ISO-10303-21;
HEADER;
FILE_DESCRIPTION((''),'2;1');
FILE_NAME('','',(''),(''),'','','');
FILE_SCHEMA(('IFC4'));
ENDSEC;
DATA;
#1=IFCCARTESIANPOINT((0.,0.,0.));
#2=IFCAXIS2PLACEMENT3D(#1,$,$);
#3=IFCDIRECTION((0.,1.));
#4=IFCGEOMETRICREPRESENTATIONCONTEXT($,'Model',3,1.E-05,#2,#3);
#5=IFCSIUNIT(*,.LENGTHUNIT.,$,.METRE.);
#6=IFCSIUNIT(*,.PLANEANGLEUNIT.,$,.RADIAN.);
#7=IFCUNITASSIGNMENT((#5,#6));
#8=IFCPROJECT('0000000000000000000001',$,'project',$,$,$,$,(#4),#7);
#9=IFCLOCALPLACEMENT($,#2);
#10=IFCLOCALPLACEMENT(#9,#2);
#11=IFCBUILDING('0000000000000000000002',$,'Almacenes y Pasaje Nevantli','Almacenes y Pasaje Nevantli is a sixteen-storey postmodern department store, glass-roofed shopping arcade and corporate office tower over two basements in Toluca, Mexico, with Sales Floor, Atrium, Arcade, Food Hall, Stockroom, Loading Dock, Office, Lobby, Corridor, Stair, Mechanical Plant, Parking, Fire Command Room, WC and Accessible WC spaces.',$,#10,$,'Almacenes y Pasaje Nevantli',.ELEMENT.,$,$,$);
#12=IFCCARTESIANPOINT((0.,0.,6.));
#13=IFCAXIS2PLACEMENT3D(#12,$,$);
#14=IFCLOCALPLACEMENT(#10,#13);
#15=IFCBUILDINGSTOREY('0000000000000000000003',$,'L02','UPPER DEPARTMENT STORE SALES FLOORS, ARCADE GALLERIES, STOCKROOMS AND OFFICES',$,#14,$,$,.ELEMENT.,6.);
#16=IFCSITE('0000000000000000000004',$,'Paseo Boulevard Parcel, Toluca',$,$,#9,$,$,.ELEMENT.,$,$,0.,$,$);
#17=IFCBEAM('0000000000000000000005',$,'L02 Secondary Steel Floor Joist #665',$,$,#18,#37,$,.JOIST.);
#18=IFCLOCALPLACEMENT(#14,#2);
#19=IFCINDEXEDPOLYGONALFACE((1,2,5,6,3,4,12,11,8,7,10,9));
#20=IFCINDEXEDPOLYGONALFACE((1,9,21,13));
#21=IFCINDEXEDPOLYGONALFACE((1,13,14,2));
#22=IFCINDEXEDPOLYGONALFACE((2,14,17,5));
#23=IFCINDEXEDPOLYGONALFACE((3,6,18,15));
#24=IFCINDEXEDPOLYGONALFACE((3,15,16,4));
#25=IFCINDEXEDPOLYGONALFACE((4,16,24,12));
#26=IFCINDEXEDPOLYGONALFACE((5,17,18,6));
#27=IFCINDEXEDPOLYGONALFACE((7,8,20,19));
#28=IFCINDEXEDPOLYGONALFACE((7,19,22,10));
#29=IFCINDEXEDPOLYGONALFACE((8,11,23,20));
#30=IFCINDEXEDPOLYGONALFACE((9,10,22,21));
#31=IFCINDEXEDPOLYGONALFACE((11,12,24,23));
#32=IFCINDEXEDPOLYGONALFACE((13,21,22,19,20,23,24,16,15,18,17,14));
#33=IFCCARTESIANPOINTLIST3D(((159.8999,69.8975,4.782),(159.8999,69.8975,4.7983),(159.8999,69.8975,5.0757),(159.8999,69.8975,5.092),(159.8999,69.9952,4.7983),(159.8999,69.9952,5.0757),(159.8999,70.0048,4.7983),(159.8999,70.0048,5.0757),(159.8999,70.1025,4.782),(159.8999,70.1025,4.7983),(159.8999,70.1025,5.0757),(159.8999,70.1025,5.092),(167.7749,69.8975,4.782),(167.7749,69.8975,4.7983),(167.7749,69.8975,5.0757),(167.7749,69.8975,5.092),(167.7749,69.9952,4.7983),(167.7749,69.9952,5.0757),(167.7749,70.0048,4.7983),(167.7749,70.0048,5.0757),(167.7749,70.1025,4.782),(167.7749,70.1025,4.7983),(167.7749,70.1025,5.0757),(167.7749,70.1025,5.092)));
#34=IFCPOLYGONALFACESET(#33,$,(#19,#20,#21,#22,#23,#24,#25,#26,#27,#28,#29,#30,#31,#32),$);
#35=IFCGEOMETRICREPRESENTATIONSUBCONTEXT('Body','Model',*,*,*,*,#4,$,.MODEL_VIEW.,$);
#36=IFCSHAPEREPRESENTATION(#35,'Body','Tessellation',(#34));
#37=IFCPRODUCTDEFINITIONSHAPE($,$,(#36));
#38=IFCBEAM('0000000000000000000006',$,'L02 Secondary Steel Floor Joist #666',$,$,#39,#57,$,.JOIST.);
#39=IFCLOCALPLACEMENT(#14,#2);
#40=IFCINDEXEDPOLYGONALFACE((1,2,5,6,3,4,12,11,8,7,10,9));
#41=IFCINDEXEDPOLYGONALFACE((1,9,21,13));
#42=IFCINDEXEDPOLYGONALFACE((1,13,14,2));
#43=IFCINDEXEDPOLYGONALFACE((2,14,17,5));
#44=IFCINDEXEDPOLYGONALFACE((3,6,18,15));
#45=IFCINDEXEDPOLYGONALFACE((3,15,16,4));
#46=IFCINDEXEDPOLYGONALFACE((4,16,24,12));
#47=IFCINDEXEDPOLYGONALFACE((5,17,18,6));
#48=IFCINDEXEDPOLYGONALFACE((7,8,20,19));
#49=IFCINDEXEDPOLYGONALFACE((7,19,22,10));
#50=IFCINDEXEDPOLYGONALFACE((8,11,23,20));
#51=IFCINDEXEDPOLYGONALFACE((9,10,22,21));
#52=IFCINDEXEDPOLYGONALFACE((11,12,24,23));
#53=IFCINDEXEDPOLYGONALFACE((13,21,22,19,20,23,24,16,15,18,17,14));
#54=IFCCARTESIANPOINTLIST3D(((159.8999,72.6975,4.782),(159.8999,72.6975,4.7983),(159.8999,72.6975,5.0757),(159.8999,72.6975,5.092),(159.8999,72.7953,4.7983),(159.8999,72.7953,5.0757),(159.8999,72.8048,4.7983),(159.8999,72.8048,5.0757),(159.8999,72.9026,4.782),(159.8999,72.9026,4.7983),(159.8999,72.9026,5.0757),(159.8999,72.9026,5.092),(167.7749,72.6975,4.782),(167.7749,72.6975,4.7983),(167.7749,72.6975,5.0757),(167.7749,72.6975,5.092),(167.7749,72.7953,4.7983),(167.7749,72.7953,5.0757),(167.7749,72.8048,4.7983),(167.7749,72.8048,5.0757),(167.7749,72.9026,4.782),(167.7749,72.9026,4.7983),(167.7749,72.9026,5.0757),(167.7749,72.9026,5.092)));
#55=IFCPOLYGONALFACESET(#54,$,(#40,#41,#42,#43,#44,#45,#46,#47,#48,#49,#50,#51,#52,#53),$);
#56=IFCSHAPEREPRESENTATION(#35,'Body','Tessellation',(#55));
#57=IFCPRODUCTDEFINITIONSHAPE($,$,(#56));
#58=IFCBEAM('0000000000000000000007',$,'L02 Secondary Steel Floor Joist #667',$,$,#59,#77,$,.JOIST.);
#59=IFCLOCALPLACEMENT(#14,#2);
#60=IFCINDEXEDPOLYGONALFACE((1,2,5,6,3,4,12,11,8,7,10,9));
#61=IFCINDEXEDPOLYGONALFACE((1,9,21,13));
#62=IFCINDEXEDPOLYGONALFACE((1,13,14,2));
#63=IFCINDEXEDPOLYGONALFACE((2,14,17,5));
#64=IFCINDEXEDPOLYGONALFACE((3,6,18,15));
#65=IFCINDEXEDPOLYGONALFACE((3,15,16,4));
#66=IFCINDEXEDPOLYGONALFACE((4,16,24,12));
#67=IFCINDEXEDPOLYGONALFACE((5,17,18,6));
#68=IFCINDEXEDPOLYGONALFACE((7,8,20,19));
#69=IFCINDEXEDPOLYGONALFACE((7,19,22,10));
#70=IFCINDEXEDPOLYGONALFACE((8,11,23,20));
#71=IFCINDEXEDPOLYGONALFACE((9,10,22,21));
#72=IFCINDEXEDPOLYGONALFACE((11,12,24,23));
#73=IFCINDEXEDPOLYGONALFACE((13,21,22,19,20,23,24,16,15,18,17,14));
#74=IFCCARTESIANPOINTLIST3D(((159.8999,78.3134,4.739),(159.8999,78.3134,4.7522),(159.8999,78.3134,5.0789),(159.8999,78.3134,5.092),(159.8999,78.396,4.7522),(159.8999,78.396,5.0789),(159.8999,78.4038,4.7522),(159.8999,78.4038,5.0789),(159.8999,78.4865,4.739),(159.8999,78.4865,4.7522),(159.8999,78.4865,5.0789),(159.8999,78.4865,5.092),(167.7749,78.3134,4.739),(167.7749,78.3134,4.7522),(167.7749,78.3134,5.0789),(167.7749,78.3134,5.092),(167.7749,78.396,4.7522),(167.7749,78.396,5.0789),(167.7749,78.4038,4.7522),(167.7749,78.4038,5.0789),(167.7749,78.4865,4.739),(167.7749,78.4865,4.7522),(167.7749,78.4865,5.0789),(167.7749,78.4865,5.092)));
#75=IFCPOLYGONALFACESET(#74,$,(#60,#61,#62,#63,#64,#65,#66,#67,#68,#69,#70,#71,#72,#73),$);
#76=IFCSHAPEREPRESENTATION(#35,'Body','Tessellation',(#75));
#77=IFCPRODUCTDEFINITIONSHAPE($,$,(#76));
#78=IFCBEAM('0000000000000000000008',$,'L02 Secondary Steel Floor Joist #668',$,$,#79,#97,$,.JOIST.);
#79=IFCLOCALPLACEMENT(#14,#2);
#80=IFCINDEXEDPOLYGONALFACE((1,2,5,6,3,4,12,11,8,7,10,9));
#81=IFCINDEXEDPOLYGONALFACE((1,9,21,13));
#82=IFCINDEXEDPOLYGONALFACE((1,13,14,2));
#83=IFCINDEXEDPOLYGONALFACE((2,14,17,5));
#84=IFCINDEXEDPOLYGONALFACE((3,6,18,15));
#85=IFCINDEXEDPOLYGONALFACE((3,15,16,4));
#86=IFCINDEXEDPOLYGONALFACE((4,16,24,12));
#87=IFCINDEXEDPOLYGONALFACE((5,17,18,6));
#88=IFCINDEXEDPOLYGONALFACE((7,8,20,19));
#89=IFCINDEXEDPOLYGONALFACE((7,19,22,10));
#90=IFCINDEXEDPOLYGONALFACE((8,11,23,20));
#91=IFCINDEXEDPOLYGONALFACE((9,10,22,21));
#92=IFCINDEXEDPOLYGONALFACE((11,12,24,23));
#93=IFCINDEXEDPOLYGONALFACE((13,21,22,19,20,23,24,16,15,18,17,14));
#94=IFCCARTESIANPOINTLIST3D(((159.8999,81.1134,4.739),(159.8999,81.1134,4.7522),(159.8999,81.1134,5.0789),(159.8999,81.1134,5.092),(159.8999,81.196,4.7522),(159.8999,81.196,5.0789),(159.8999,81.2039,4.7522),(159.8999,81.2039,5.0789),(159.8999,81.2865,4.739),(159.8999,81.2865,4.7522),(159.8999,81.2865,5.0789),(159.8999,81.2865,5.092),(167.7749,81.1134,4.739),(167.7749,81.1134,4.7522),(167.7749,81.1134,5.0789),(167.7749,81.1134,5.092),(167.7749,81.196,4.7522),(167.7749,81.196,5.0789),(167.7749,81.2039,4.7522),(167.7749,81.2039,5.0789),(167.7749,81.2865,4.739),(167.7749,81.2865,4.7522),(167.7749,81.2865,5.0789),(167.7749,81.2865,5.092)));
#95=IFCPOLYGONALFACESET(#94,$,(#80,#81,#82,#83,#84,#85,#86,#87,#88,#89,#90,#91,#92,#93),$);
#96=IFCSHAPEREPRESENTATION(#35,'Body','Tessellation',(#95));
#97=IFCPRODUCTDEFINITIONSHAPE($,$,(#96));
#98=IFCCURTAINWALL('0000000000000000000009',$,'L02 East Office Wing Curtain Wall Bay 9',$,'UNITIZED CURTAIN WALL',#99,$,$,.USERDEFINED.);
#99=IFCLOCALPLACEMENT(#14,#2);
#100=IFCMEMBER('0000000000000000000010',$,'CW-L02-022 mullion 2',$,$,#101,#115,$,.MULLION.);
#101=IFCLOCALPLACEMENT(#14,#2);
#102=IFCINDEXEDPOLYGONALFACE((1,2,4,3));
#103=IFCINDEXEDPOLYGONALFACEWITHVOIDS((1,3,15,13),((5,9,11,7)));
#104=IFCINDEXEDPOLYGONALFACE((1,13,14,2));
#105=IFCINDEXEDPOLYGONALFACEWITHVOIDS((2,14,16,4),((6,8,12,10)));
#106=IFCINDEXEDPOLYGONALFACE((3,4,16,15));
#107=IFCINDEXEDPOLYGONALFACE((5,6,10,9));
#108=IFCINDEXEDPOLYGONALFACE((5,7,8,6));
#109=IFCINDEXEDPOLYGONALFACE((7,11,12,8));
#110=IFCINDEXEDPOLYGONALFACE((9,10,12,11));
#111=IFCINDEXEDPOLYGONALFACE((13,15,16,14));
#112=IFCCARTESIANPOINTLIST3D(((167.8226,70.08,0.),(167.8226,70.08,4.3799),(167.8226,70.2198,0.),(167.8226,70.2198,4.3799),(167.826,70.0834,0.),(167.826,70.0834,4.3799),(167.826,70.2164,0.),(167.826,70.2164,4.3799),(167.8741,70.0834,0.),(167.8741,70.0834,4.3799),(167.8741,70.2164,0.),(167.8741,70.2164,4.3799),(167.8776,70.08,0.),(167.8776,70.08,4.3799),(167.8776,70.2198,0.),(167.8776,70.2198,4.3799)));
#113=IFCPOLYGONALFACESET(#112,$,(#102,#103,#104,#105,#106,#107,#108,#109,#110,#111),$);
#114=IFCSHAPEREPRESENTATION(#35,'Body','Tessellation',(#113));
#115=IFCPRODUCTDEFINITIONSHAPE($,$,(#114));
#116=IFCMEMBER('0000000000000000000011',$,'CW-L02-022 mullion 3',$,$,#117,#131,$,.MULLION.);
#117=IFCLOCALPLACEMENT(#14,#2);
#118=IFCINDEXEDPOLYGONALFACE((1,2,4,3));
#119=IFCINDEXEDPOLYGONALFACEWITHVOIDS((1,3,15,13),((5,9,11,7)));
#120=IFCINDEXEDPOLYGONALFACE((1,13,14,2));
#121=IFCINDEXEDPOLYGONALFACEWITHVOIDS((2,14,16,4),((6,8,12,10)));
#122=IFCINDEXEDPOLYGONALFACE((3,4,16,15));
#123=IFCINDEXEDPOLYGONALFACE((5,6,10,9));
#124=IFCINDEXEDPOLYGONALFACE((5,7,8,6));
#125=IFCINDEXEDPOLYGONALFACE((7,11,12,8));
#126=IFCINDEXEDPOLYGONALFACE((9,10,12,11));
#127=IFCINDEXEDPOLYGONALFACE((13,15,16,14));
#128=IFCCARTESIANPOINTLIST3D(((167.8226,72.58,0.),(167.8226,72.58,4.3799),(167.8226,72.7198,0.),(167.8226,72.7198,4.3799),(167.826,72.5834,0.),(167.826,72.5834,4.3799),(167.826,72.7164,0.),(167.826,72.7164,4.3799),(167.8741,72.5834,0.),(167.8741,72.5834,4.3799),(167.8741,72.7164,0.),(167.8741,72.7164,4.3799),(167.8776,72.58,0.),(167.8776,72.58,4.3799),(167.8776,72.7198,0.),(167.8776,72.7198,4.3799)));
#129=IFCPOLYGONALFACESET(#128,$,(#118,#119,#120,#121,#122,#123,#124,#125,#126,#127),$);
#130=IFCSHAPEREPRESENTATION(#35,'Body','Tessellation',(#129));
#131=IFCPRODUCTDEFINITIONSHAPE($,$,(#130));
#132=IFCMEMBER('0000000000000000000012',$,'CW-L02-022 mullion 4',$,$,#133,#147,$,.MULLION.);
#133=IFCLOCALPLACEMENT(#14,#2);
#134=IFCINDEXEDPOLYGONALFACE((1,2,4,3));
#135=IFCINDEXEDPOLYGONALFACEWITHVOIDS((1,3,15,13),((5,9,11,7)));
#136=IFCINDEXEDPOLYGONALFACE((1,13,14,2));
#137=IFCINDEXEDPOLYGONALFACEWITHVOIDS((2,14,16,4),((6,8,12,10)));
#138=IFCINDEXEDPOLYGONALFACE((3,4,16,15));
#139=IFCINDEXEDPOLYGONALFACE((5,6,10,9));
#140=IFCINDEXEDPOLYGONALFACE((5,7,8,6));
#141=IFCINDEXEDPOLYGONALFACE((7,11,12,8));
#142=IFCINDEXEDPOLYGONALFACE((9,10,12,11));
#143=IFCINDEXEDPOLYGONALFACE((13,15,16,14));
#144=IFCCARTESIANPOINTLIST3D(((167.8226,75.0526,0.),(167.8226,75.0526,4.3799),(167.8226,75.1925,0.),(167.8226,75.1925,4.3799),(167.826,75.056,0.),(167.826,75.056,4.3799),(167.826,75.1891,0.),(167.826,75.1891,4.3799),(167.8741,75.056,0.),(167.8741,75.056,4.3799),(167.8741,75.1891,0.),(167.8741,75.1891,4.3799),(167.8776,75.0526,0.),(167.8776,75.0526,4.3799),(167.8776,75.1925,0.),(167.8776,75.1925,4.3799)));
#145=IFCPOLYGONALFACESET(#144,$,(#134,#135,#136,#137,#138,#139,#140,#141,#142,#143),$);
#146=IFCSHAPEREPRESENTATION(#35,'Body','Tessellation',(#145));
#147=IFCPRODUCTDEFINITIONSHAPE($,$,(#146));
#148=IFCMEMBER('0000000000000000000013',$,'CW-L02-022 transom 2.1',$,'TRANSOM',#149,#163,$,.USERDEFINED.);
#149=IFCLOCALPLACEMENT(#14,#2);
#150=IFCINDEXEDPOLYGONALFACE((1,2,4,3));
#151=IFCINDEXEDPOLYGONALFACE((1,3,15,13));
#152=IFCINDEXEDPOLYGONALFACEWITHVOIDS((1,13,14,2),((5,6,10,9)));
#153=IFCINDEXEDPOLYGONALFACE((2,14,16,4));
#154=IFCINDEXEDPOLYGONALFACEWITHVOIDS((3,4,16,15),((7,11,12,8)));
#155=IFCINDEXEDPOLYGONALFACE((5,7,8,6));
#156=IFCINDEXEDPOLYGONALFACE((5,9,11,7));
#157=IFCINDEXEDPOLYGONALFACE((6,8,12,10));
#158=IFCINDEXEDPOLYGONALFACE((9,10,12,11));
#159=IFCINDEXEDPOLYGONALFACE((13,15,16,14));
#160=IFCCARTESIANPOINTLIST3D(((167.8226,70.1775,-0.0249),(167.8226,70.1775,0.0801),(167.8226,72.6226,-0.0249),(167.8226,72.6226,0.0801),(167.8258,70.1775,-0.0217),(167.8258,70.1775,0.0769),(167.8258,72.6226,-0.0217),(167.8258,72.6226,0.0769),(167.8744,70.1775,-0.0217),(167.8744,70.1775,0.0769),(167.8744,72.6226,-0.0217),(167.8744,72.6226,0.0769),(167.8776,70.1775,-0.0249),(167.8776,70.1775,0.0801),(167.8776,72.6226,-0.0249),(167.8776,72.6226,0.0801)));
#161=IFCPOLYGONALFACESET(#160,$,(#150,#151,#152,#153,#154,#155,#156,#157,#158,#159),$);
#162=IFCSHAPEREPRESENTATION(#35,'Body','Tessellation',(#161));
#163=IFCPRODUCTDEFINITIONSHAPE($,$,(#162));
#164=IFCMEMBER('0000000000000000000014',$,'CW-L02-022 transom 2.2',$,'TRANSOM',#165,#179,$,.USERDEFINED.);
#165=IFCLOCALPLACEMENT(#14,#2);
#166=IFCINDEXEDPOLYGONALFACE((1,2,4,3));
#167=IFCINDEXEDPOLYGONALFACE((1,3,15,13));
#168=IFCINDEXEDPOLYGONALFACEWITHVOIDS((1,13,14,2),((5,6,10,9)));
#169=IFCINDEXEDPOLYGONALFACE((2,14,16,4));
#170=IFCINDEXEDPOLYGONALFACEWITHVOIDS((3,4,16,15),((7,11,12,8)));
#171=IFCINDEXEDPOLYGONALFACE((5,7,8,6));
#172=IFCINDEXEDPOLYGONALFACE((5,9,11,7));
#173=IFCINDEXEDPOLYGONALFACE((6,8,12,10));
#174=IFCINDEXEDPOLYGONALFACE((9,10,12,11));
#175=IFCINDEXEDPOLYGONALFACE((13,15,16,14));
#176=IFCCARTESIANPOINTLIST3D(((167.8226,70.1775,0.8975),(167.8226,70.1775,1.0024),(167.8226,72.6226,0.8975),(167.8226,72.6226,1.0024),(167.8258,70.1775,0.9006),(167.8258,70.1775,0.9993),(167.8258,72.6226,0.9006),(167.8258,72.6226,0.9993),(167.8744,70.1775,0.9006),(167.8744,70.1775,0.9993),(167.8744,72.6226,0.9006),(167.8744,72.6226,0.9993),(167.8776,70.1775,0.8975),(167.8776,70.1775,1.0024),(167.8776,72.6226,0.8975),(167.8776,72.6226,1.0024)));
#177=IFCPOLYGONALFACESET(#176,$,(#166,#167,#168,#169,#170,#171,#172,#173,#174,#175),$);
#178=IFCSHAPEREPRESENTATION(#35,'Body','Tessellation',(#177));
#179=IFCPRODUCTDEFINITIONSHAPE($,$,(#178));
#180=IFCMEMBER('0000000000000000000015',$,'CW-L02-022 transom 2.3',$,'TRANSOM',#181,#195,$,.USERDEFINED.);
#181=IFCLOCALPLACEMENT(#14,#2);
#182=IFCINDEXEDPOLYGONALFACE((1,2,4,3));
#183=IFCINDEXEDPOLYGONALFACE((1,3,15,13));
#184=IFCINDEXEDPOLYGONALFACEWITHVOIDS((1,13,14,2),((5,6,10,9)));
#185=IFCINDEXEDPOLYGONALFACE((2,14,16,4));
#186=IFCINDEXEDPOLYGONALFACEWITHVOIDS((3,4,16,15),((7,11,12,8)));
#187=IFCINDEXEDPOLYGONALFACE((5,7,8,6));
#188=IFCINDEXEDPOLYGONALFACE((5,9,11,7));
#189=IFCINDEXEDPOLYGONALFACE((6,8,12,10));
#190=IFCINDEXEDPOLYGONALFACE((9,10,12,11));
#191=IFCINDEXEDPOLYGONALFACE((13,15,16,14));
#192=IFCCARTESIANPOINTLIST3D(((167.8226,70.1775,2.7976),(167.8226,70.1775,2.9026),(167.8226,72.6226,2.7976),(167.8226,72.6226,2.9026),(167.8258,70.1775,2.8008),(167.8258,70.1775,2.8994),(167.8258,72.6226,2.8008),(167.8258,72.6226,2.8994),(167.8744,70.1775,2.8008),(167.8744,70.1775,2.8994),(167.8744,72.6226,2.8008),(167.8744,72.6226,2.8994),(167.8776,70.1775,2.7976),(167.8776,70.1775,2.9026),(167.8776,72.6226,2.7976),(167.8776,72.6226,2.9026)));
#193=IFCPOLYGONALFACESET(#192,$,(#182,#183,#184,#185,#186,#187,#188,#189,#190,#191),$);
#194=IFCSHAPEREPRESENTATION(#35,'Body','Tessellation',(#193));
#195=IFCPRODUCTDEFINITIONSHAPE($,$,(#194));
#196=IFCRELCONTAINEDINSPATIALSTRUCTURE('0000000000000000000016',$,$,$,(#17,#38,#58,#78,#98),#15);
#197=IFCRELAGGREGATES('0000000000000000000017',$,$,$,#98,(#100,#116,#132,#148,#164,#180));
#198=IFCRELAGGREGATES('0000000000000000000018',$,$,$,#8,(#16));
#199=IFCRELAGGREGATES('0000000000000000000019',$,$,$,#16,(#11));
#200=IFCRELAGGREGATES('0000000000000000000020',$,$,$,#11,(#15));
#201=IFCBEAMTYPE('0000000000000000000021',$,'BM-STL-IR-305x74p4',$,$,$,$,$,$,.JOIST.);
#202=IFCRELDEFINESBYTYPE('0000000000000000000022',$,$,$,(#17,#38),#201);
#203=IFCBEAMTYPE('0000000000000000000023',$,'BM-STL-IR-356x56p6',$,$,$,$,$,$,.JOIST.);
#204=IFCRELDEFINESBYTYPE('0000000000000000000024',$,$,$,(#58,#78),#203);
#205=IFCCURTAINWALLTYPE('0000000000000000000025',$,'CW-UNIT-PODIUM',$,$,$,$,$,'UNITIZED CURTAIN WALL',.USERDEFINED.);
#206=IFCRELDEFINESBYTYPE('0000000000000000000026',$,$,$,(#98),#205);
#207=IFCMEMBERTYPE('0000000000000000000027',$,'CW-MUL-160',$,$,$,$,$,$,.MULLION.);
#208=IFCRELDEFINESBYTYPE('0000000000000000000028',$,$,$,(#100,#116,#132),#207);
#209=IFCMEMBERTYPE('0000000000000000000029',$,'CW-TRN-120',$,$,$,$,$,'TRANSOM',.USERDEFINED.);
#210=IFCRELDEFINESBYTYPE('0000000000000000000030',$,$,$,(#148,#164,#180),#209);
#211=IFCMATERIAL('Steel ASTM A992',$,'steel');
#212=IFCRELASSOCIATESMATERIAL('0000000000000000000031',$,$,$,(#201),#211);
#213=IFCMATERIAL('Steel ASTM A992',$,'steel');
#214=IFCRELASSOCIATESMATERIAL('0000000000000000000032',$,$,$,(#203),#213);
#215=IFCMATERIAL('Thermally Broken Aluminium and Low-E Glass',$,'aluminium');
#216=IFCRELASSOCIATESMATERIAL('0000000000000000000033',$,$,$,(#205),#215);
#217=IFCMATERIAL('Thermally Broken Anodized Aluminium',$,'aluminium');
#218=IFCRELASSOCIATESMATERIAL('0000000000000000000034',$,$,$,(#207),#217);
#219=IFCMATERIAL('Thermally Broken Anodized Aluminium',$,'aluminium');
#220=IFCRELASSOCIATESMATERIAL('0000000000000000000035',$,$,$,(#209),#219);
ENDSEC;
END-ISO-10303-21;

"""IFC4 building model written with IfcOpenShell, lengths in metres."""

from ifc_helpers import new_model, si_unit, direction, frame, origin, origin_2d, place, context, subcontext, project, spatial, hollow_rectangle, i_section, extrude, material, material_profile, profile_set, type_object, element, aggregate, save


model = new_model("IFC4")

# Units and contexts
model_context = context("Model", 3, precision=1e-05, world=origin(), true_north=direction((0.0, 1.0)))
body_context = subcontext(model_context, "Body", "Model", "MODEL_VIEW")
ifc_project = project(units=[si_unit("LENGTHUNIT", "METRE"), si_unit("PLANEANGLEUNIT", "RADIAN")], contexts=[model_context])

# Site, building, storey
site_placement = place(None, origin())
site = spatial("IfcSite", under=ifc_project, at=site_placement, Name="Paseo Boulevard Parcel, Toluca", CompositionType="ELEMENT", RefElevation=0.0)
building_placement = place(site_placement, origin())
building = spatial("IfcBuilding", under=site, at=building_placement, Name="Almacenes y Pasaje Nevantli", Description="Almacenes y Pasaje Nevantli is a sixteen-storey postmodern department store, glass-roofed shopping arcade and corporate office tower over two basements in Toluca, Mexico, with Sales Floor, Atrium, Arcade, Food Hall, Stockroom, Loading Dock, Office, Lobby, Corridor, Stair, Mechanical Plant, Parking, Fire Command Room, WC and Accessible WC spaces.", LongName="Almacenes y Pasaje Nevantli", CompositionType="ELEMENT")
storey_placement = place(building_placement, frame((0.0, 0.0, 6.0)))
storey = spatial("IfcBuildingStorey", under=building, at=storey_placement, Name="L02", Description="UPPER DEPARTMENT STORE SALES FLOORS, ARCADE GALLERIES, STOCKROOMS AND OFFICES", CompositionType="ELEMENT", Elevation=6.0)

# Beams
ifc_material_1 = material(Name="Steel ASTM A992", Category="steel")
ifc_material_profile_1 = material_profile(ifc_material_1, i_section(OverallWidth=0.2051, OverallDepth=0.3101, WebThickness=0.0095, FlangeThickness=0.0164, at=origin_2d()), Name="IR 305x74.4")
ifc_profile_set_1 = profile_set([ifc_material_profile_1], Name="Steel ASTM A992")
beam_type_1 = type_object("IfcBeamType", Name="BM-STL-IR-305x74p4", PredefinedType="JOIST", material=ifc_profile_set_1)
for number, where, z_axis, x_axis, name in (
    (1, (159.8999, 70.0, 4.937), (1.0, 0.0, 0.0), (0.0, 1.0, 0.0), "L02 Secondary Steel Floor Joist #665"),
    (2, (159.8999, 72.8, 4.937), (1.0, 0.0, 0.0), (0.0, 1.0, 0.0), "L02 Secondary Steel Floor Joist #666"),
):
    element("IfcBeam", number, at=place(storey_placement, frame(where, z_axis=z_axis, x_axis=x_axis)), inside=storey, type_object=beam_type_1, Name=name, PredefinedType="JOIST", context=body_context, shape_type="SweptSolid", body=[
        extrude(i_section(OverallWidth=0.2051, OverallDepth=0.3101, WebThickness=0.0095, FlangeThickness=0.0164, at=origin_2d()), origin(), (0.0, 0.0, 1.0), 7.875),
    ])
ifc_material_2 = material(Name="Steel ASTM A992", Category="steel")
ifc_material_profile_2 = material_profile(ifc_material_2, i_section(OverallWidth=0.1731, OverallDepth=0.353, WebThickness=0.0078, FlangeThickness=0.0132, at=origin_2d()), Name="IR 356x56.6")
ifc_profile_set_2 = profile_set([ifc_material_profile_2], Name="Steel ASTM A992")
beam_type_2 = type_object("IfcBeamType", Name="BM-STL-IR-356x56p6", PredefinedType="JOIST", material=ifc_profile_set_2)
for number, where, z_axis, x_axis, name in (
    (3, (159.8999, 78.3999, 4.9155), (1.0, 0.0, 0.0), (0.0, 1.0, 0.0), "L02 Secondary Steel Floor Joist #667"),
    (4, (159.8999, 81.2, 4.9155), (1.0, 0.0, 0.0), (0.0, 1.0, 0.0), "L02 Secondary Steel Floor Joist #668"),
):
    element("IfcBeam", number, at=place(storey_placement, frame(where, z_axis=z_axis, x_axis=x_axis)), inside=storey, type_object=beam_type_2, Name=name, PredefinedType="JOIST", context=body_context, shape_type="SweptSolid", body=[
        extrude(i_section(OverallWidth=0.1731, OverallDepth=0.353, WebThickness=0.0078, FlangeThickness=0.0132, at=origin_2d()), origin(), (0.0, 0.0, 1.0), 7.875),
    ])

# Curtain wall, members
ifc_material_3 = material(Name="Thermally Broken Aluminium and Low-E Glass", Category="aluminium")
curtain_wall_type = type_object("IfcCurtainWallType", Name="CW-UNIT-PODIUM", ElementType="UNITIZED CURTAIN WALL", PredefinedType="USERDEFINED", material=ifc_material_3)
curtain_wall_placement = place(storey_placement, origin())
curtain_wall = element("IfcCurtainWall", 5, at=curtain_wall_placement, inside=storey, type_object=curtain_wall_type, Name="L02 East Office Wing Curtain Wall Bay 9", ObjectType="UNITIZED CURTAIN WALL", PredefinedType="USERDEFINED")
ifc_material_4 = material(Name="Thermally Broken Anodized Aluminium", Category="aluminium")
ifc_material_profile_3 = material_profile(ifc_material_4, hollow_rectangle(XDim=0.0549, YDim=0.1399, WallThickness=0.0034, at=origin_2d()), Name="ALU-MUL-55x140")
ifc_profile_set_3 = profile_set([ifc_material_profile_3], Name="Thermally Broken Anodized Aluminium")
member_type_1 = type_object("IfcMemberType", Name="CW-MUL-160", PredefinedType="MULLION", material=ifc_profile_set_3)
member_1_placement = place(storey_placement, frame((167.8501, 70.1499, 0.0), z_axis=(0.0, 0.0, 1.0), x_axis=(-1.0, 0.0, 0.0)))
member_1 = element("IfcMember", 6, at=member_1_placement, type_object=member_type_1, Name="CW-L02-022 mullion 2", PredefinedType="MULLION", context=body_context, shape_type="SweptSolid", body=[
    extrude(hollow_rectangle(XDim=0.0549, YDim=0.1399, WallThickness=0.0034, at=origin_2d()), origin(), (0.0, 0.0, 1.0), 4.3799),
])
member_2_placement = place(storey_placement, frame((167.8501, 72.6499, 0.0), z_axis=(0.0, 0.0, 1.0), x_axis=(-1.0, 0.0, 0.0)))
member_2 = element("IfcMember", 7, at=member_2_placement, type_object=member_type_1, Name="CW-L02-022 mullion 3", PredefinedType="MULLION", context=body_context, shape_type="SweptSolid", body=[
    extrude(hollow_rectangle(XDim=0.0549, YDim=0.1399, WallThickness=0.0034, at=origin_2d()), origin(), (0.0, 0.0, 1.0), 4.3799),
])
member_3_placement = place(storey_placement, frame((167.8501, 75.1226, 0.0), z_axis=(0.0, 0.0, 1.0), x_axis=(-1.0, 0.0, 0.0)))
member_3 = element("IfcMember", 8, at=member_3_placement, type_object=member_type_1, Name="CW-L02-022 mullion 4", PredefinedType="MULLION", context=body_context, shape_type="SweptSolid", body=[
    extrude(hollow_rectangle(XDim=0.0549, YDim=0.1399, WallThickness=0.0034, at=origin_2d()), origin(), (0.0, 0.0, 1.0), 4.3799),
])
ifc_material_5 = material(Name="Thermally Broken Anodized Aluminium", Category="aluminium")
ifc_material_profile_4 = material_profile(ifc_material_5, hollow_rectangle(XDim=0.0549, YDim=0.105, WallThickness=0.0032, at=origin_2d()), Name="ALU-TRN-55x105")
ifc_profile_set_4 = profile_set([ifc_material_profile_4], Name="Thermally Broken Anodized Aluminium")
member_type_2 = type_object("IfcMemberType", Name="CW-TRN-120", ElementType="TRANSOM", PredefinedType="USERDEFINED", material=ifc_profile_set_4)
member_4_placement = place(storey_placement, frame((167.8501, 70.1775, 0.0276), z_axis=(0.0, 1.0, 0.0), x_axis=(-1.0, 0.0, 0.0)))
member_4 = element("IfcMember", 9, at=member_4_placement, type_object=member_type_2, Name="CW-L02-022 transom 2.1", ObjectType="TRANSOM", PredefinedType="USERDEFINED", context=body_context, shape_type="SweptSolid", body=[
    extrude(hollow_rectangle(XDim=0.0549, YDim=0.105, WallThickness=0.0032, at=origin_2d()), origin(), (0.0, 0.0, 1.0), 2.4451),
])
member_5_placement = place(storey_placement, frame((167.8501, 70.1775, 0.95), z_axis=(0.0, 1.0, 0.0), x_axis=(-1.0, 0.0, 0.0)))
member_5 = element("IfcMember", 10, at=member_5_placement, type_object=member_type_2, Name="CW-L02-022 transom 2.2", ObjectType="TRANSOM", PredefinedType="USERDEFINED", context=body_context, shape_type="SweptSolid", body=[
    extrude(hollow_rectangle(XDim=0.0549, YDim=0.105, WallThickness=0.0032, at=origin_2d()), origin(), (0.0, 0.0, 1.0), 2.4451),
])
member_6_placement = place(storey_placement, frame((167.8501, 70.1775, 2.8501), z_axis=(0.0, 1.0, 0.0), x_axis=(-1.0, 0.0, 0.0)))
member_6 = element("IfcMember", 11, at=member_6_placement, type_object=member_type_2, Name="CW-L02-022 transom 2.3", ObjectType="TRANSOM", PredefinedType="USERDEFINED", context=body_context, shape_type="SweptSolid", body=[
    extrude(hollow_rectangle(XDim=0.0549, YDim=0.105, WallThickness=0.0032, at=origin_2d()), origin(), (0.0, 0.0, 1.0), 2.4451),
])
aggregate(curtain_wall, [member_1, member_2, member_3, member_4, member_5, member_6])

save(model, "model.ifc")
